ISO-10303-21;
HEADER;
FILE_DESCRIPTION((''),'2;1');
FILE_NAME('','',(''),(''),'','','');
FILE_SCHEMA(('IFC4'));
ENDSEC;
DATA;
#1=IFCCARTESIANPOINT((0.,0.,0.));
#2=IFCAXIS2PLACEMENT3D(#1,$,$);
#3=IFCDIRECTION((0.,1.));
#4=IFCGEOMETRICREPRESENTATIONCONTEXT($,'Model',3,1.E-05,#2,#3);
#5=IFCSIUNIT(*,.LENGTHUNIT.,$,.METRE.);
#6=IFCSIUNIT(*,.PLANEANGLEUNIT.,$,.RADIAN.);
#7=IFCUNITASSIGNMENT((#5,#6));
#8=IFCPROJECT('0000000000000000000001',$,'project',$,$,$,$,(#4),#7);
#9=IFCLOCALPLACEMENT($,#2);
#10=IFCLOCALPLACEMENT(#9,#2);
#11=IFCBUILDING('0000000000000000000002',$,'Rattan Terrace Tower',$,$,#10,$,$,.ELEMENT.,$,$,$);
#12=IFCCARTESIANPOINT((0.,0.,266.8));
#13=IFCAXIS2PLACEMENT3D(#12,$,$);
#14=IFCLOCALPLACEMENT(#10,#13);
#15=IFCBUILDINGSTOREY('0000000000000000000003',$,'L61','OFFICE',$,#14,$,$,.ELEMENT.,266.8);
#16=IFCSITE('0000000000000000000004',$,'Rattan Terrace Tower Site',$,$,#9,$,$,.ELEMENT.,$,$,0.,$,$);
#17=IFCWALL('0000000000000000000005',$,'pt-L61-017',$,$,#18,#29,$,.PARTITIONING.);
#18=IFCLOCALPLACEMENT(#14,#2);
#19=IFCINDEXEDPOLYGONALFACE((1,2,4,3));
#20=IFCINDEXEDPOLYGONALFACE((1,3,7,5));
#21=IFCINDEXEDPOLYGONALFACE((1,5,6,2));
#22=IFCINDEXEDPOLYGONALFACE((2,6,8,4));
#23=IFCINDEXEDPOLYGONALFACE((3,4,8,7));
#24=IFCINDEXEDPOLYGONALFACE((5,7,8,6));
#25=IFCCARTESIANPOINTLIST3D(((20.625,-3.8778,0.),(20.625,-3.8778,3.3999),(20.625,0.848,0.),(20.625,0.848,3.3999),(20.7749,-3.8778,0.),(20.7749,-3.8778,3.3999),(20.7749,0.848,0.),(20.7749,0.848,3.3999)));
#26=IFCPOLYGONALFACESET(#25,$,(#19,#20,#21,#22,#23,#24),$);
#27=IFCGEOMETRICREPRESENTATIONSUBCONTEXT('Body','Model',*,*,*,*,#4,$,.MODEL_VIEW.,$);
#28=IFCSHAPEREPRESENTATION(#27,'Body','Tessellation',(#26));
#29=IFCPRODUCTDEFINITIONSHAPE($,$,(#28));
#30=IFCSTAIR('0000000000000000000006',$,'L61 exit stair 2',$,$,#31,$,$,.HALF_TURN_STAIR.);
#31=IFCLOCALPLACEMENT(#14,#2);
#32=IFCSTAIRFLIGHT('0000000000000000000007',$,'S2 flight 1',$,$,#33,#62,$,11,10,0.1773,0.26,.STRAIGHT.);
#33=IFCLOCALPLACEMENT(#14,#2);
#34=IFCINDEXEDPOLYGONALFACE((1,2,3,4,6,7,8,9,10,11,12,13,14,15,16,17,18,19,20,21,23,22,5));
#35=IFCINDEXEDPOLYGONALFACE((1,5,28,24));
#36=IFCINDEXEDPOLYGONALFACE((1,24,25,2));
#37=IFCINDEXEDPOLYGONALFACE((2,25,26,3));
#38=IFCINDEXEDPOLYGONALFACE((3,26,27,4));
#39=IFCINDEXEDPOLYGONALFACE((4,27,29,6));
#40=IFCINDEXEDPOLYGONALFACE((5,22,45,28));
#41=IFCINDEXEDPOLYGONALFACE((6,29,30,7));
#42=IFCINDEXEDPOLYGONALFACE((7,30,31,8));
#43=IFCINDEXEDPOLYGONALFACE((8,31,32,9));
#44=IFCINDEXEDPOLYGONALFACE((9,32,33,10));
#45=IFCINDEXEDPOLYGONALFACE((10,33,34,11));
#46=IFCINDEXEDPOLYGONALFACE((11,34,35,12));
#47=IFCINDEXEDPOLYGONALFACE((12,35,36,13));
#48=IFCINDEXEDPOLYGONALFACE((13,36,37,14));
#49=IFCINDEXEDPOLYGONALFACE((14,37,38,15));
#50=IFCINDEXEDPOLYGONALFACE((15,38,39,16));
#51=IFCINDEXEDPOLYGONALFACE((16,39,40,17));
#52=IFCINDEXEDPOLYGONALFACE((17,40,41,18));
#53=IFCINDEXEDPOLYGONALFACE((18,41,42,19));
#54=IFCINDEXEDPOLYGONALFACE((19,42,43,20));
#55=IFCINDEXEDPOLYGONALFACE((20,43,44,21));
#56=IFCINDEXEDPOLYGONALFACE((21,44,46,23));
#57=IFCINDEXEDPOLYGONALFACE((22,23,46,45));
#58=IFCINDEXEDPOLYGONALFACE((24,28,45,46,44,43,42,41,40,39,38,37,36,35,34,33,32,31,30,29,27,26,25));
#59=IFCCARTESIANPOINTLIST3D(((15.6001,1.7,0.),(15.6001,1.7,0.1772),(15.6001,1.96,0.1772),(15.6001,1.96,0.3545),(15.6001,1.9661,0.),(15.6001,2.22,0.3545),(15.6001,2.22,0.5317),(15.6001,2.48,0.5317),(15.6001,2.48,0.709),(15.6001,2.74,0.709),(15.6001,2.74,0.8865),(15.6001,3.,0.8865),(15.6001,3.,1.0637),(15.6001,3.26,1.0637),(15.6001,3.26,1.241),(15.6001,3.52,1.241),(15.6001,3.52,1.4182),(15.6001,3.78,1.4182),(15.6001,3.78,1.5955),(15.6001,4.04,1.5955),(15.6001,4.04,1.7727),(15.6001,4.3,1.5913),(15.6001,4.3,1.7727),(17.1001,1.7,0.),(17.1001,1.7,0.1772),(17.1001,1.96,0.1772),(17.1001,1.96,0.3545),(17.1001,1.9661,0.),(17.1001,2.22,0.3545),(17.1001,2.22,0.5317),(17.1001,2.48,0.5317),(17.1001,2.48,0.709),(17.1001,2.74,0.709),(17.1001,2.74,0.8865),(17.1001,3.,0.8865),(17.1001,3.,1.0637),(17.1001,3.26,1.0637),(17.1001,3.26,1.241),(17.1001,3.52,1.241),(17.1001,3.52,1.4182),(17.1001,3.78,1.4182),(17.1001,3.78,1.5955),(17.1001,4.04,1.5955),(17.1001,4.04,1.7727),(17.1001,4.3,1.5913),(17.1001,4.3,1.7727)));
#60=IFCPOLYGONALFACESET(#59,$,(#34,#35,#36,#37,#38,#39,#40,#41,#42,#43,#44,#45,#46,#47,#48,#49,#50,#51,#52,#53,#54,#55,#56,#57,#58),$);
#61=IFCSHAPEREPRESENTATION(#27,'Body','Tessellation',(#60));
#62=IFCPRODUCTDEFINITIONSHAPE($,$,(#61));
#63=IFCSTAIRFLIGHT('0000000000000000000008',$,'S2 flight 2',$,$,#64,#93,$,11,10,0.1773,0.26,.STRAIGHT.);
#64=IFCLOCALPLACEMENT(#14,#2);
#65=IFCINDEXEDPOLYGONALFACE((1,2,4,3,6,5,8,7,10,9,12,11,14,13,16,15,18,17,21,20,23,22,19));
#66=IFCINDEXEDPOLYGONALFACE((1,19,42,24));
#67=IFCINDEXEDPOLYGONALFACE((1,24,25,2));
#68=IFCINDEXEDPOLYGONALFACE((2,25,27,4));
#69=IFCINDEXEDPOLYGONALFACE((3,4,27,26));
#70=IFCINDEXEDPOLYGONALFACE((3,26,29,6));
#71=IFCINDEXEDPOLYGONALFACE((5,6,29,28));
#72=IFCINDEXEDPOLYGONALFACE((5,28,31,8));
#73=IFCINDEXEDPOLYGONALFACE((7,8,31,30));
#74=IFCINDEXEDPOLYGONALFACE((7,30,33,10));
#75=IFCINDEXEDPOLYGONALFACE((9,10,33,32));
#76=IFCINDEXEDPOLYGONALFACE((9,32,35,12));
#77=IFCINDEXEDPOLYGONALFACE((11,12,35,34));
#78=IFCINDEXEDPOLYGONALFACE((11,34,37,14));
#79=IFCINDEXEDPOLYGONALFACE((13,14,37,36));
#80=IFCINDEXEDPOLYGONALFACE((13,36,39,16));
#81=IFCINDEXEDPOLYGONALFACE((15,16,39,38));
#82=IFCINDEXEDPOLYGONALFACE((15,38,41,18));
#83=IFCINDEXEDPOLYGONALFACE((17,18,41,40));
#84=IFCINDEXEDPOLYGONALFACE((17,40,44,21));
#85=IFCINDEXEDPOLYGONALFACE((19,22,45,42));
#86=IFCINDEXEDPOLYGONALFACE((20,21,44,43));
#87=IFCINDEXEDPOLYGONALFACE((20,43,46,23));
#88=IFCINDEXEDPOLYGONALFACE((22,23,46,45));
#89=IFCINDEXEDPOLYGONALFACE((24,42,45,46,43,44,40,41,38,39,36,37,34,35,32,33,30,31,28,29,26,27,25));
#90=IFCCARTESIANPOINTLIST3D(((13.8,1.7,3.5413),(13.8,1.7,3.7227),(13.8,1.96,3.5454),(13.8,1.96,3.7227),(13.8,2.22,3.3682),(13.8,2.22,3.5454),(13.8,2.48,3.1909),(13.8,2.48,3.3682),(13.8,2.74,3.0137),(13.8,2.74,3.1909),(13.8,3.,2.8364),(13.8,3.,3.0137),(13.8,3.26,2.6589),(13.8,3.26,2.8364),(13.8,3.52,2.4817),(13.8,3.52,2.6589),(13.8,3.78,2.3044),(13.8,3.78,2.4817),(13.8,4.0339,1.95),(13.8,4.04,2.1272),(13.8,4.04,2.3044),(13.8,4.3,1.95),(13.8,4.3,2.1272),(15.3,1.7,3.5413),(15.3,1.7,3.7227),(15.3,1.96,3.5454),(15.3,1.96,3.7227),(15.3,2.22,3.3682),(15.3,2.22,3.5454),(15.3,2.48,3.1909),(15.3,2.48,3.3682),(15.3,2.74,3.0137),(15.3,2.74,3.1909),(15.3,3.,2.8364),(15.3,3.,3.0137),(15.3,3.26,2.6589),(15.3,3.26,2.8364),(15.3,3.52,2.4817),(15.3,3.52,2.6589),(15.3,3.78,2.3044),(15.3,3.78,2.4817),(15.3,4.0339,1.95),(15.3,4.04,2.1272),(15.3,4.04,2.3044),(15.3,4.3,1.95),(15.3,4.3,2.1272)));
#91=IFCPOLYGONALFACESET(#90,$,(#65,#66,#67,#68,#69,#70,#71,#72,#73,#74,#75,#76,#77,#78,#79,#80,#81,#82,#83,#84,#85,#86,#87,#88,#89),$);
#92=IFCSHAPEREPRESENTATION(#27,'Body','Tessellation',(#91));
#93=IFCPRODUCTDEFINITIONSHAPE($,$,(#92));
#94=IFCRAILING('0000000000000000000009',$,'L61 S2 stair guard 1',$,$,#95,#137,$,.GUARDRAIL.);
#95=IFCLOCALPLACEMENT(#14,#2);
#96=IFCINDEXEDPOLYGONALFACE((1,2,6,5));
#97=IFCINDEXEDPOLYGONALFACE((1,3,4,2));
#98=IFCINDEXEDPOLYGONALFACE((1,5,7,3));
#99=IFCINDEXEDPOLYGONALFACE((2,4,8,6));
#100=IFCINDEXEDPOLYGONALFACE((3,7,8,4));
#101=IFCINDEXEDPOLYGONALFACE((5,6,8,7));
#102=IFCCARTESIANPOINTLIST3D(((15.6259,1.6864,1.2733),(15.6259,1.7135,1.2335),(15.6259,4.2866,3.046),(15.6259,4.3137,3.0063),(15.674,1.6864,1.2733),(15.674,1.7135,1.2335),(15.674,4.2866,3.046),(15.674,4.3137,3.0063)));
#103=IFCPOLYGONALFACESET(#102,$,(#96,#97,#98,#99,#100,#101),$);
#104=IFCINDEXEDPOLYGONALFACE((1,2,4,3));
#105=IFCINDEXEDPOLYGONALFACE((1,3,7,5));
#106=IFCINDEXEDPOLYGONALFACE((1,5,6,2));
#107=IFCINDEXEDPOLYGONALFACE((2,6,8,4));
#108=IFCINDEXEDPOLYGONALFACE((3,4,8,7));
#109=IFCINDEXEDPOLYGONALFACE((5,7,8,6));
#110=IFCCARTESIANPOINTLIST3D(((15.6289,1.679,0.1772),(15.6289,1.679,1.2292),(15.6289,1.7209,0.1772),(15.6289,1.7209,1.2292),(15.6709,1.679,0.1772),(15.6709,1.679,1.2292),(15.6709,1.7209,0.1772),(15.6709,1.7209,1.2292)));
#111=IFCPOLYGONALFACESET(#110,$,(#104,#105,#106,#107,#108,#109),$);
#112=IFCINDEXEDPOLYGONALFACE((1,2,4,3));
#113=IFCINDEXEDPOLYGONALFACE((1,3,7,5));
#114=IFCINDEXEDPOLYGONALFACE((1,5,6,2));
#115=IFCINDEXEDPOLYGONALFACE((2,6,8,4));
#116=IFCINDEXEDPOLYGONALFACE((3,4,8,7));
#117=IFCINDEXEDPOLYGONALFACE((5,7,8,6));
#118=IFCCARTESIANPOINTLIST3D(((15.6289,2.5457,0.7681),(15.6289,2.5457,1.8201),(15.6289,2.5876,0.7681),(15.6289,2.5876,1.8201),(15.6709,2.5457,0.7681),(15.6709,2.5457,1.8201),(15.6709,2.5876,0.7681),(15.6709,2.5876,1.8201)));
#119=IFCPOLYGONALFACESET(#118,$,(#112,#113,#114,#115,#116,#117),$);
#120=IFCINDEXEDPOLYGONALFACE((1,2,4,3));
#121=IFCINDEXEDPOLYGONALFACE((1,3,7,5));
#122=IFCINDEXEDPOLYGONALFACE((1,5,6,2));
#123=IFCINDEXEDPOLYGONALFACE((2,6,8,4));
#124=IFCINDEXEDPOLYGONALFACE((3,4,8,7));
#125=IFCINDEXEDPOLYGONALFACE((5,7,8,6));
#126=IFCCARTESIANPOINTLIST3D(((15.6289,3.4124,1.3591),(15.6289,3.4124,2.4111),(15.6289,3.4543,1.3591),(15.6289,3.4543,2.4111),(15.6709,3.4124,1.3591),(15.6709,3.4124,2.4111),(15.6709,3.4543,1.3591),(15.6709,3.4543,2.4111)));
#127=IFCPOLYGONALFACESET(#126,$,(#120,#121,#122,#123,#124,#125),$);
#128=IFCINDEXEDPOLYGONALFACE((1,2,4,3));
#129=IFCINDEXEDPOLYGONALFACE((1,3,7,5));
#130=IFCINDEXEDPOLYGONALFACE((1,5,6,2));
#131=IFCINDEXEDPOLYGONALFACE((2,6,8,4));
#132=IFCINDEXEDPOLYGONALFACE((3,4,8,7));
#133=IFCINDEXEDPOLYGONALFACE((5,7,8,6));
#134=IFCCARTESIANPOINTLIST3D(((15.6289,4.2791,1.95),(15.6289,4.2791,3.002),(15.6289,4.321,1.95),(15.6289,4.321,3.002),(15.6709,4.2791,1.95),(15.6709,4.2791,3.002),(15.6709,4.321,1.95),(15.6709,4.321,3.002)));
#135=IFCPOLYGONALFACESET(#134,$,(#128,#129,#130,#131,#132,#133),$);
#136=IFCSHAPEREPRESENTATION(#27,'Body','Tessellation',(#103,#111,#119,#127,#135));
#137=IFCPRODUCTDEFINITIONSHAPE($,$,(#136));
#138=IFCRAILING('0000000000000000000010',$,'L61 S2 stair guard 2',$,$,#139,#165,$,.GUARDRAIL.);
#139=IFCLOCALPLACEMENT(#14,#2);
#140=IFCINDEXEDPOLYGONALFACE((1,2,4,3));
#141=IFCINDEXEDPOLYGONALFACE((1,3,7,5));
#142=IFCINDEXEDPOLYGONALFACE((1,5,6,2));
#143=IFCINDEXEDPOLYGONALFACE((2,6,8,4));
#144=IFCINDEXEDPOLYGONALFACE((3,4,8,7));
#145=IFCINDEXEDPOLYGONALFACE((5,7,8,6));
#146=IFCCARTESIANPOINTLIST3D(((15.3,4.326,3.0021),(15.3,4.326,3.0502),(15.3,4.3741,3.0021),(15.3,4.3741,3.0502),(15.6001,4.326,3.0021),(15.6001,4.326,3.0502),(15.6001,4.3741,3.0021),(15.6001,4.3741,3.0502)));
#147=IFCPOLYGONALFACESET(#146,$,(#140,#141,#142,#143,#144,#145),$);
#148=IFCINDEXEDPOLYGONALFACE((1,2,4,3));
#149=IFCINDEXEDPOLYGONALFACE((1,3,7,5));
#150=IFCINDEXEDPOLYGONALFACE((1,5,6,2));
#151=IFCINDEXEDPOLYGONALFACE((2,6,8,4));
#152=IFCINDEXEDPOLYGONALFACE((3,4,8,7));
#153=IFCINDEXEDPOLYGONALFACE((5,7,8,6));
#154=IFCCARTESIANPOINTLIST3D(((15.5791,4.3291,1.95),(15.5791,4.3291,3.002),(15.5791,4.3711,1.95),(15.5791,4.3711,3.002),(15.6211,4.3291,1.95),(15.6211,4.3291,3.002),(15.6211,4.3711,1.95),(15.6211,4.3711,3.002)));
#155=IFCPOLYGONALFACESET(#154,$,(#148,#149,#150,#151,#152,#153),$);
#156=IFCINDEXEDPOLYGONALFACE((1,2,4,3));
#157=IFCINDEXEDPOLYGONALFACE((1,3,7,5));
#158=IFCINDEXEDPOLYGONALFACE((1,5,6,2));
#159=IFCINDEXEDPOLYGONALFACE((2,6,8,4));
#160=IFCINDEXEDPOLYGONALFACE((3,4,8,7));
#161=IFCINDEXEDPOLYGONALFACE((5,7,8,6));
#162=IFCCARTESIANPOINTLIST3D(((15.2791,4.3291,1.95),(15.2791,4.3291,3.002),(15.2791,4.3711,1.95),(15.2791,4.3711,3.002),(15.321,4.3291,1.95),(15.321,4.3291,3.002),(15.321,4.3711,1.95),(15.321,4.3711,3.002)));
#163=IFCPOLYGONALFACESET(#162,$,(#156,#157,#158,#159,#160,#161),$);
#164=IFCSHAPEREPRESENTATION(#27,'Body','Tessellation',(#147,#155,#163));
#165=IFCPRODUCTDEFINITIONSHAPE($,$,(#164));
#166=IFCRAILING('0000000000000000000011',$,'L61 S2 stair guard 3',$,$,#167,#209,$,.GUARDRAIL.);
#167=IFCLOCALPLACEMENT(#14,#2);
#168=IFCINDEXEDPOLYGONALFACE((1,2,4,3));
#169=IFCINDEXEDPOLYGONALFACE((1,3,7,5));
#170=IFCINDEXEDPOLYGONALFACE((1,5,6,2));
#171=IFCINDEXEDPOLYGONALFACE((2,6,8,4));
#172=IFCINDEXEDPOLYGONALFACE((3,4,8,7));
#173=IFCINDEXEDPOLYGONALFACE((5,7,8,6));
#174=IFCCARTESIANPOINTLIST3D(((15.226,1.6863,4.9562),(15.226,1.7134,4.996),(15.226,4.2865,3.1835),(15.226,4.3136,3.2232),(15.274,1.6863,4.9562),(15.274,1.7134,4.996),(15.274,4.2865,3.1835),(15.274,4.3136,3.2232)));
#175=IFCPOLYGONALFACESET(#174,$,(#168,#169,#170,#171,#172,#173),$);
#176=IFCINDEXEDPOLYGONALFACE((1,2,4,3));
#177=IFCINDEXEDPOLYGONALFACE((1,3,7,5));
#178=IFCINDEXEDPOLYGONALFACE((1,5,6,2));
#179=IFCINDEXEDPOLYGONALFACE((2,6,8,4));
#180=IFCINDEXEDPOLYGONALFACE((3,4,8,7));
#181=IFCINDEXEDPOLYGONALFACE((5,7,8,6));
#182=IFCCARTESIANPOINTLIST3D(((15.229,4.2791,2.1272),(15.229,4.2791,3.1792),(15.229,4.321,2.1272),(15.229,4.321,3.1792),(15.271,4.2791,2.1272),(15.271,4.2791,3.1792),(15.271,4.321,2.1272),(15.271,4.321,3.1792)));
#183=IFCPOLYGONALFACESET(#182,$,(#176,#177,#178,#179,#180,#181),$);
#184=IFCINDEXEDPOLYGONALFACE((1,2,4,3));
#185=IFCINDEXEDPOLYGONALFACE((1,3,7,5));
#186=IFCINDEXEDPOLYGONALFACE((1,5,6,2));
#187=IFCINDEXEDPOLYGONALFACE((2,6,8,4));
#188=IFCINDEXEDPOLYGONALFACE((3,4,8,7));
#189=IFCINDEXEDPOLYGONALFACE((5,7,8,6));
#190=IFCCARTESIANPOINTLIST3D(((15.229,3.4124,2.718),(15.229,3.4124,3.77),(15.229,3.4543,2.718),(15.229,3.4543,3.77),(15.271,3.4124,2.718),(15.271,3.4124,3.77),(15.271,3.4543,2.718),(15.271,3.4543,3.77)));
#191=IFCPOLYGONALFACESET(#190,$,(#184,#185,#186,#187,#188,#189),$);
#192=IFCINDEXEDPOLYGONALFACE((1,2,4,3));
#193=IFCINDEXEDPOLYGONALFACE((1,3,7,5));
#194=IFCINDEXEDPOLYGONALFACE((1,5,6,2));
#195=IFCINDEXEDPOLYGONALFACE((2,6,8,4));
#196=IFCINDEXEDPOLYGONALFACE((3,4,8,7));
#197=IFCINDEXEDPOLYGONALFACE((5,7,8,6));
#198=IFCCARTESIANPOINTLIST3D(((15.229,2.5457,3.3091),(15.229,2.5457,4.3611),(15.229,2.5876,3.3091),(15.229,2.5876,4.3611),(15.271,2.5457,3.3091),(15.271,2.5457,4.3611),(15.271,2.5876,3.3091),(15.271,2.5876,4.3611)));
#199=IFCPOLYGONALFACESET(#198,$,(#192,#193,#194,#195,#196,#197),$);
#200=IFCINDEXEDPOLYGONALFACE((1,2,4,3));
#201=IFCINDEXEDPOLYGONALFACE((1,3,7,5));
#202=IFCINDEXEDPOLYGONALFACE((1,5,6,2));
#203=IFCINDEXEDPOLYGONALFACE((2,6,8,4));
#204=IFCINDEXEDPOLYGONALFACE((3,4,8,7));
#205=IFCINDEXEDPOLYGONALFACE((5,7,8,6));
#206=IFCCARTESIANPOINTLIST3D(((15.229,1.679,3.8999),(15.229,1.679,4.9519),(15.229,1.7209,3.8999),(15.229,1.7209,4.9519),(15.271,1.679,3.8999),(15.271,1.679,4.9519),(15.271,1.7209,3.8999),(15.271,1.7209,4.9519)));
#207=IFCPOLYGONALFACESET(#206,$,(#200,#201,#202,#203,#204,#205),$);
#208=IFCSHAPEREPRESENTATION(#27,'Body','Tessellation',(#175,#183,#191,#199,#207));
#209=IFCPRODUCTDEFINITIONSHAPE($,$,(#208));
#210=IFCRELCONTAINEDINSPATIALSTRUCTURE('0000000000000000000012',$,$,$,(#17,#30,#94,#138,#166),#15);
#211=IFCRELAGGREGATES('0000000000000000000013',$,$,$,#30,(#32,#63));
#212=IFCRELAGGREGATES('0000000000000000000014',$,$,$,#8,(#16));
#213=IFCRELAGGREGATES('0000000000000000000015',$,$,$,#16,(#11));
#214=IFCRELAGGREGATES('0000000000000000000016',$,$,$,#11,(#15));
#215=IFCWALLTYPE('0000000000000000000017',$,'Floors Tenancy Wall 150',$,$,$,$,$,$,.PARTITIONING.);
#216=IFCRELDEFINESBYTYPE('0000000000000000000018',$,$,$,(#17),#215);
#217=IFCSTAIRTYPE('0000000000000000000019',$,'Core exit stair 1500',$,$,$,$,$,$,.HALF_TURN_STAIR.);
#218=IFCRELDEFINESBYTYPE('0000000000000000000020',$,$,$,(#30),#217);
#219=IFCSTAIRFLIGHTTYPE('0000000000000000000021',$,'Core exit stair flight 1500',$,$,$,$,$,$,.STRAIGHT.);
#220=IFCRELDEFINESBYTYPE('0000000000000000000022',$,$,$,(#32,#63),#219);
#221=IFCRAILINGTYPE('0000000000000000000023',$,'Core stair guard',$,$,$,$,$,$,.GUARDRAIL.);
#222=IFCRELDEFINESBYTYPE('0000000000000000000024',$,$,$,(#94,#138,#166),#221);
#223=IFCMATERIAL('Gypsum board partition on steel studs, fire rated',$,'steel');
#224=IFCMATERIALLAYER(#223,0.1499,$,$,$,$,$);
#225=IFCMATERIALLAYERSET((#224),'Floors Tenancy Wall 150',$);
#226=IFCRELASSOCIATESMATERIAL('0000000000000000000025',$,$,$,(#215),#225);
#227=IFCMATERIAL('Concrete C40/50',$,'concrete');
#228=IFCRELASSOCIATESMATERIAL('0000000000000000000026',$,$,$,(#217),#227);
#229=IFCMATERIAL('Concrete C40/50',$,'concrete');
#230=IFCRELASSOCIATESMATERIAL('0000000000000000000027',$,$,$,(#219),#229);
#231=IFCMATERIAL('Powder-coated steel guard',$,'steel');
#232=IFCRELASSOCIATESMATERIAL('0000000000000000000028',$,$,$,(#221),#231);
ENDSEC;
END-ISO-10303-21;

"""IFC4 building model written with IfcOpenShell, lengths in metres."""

from ifc_helpers import new_model, si_unit, direction, frame, frame_2d, origin, origin_2d, place, context, subcontext, project, spatial, polyline, rectangle, outline, extrude, material, layer, layer_set, type_object, element, aggregate, save


model = new_model("IFC4")

# Units and contexts
model_context = context("Model", 3, precision=1e-05, world=origin(), true_north=direction((0.0, 1.0)))
body_context = subcontext(model_context, "Body", "Model", "MODEL_VIEW")
ifc_project = project(units=[si_unit("LENGTHUNIT", "METRE"), si_unit("PLANEANGLEUNIT", "RADIAN")], contexts=[model_context])

# Site, building, storey
site_placement = place(None, origin())
site = spatial("IfcSite", under=ifc_project, at=site_placement, Name="Rattan Terrace Tower Site", CompositionType="ELEMENT", RefElevation=0.0)
building_placement = place(site_placement, origin())
building = spatial("IfcBuilding", under=site, at=building_placement, Name="Rattan Terrace Tower", CompositionType="ELEMENT")
storey_placement = place(building_placement, frame((0.0, 0.0, 266.8)))
storey = spatial("IfcBuildingStorey", under=building, at=storey_placement, Name="L61", Description="OFFICE", CompositionType="ELEMENT", Elevation=266.8)

# Wall
ifc_material_1 = material(Name="Gypsum board partition on steel studs, fire rated", Category="steel")
ifc_layer_1 = layer(ifc_material_1, 0.1499)
ifc_layer_set_1 = layer_set([ifc_layer_1], Name="Floors Tenancy Wall 150")
wall_type_1 = type_object("IfcWallType", Name="Floors Tenancy Wall 150", PredefinedType="PARTITIONING", material=ifc_layer_set_1)
wall_1_placement = place(storey_placement, frame((20.7, 0.8479, 0.0), z_axis=(0.0, 0.0, 1.0), x_axis=(0.0, -1.0, 0.0)))
element("IfcWall", 1, at=wall_1_placement, inside=storey, type_object=wall_type_1, Name="pt-L61-017", PredefinedType="PARTITIONING", context=body_context, shape_type="SweptSolid", body=[
    extrude(rectangle(XDim=4.7258, YDim=0.1499, at=frame_2d((2.3628, 0.0))), origin(), (0.0, 0.0, 1.0), 3.3999),
])

# Stair, stair flights
ifc_material_2 = material(Name="Concrete C40/50", Category="concrete")
stair_type = type_object("IfcStairType", Name="Core exit stair 1500", PredefinedType="HALF_TURN_STAIR", material=ifc_material_2)
stair_placement = place(storey_placement, origin())
stair = element("IfcStair", 2, at=stair_placement, inside=storey, type_object=stair_type, Name="L61 exit stair 2", PredefinedType="HALF_TURN_STAIR")
ifc_material_3 = material(Name="Concrete C40/50", Category="concrete")
stair_flight_type = type_object("IfcStairFlightType", Name="Core exit stair flight 1500", PredefinedType="STRAIGHT", material=ifc_material_3)
stair_flight_1_placement = place(storey_placement, frame((16.3501, 1.7, 0.0), z_axis=(0.0, 0.0, 1.0), x_axis=(0.0, 1.0, 0.0)))
stair_flight_1 = element("IfcStairFlight", 3, at=stair_flight_1_placement, type_object=stair_flight_type, Name="S2 flight 1", NumberOfRisers=11, NumberOfTreads=10, PredefinedType="STRAIGHT", RiserHeight=0.1773, TreadLength=0.26, context=body_context, shape_type="SweptSolid", body=[
    extrude(outline(polyline([(0.0, 0.0), (0.0, 0.1772), (0.26, 0.1772), (0.26, 0.3545), (0.52, 0.3545), (0.52, 0.5317), (0.78, 0.5317), (0.78, 0.709), (1.04, 0.709), (1.04, 0.8865), (1.3, 0.8865), (1.3, 1.0637), (1.5601, 1.0637), (1.5601, 1.241), (1.8201, 1.241), (1.8201, 1.4182), (2.0801, 1.4182), (2.0801, 1.5955), (2.3401, 1.5955), (2.3401, 1.7727), (2.6001, 1.7727), (2.6001, 1.95), (2.6001, 1.5913), (0.2661, 0.0), (0.0, 0.0)])), frame((0.0, 0.75, 0.0), z_axis=(0.0, -1.0, 0.0), x_axis=(1.0, 0.0, 0.0)), (0.0, 0.0, 1.0), 1.5),
])
stair_flight_2_placement = place(storey_placement, frame((14.55, 4.3, 1.95), z_axis=(0.0, 0.0, 1.0), x_axis=(0.0, -1.0, 0.0)))
stair_flight_2 = element("IfcStairFlight", 4, at=stair_flight_2_placement, type_object=stair_flight_type, Name="S2 flight 2", NumberOfRisers=11, NumberOfTreads=10, PredefinedType="STRAIGHT", RiserHeight=0.1773, TreadLength=0.26, context=body_context, shape_type="SweptSolid", body=[
    extrude(outline(polyline([(0.0, 0.0), (0.0, 0.1772), (0.26, 0.1772), (0.26, 0.3545), (0.52, 0.3545), (0.52, 0.5317), (0.78, 0.5317), (0.78, 0.709), (1.04, 0.709), (1.04, 0.8865), (1.3, 0.8865), (1.3, 1.0637), (1.5601, 1.0637), (1.5601, 1.241), (1.8201, 1.241), (1.8201, 1.4182), (2.0801, 1.4182), (2.0801, 1.5955), (2.3401, 1.5955), (2.3401, 1.7727), (2.6001, 1.7727), (2.6001, 1.95), (2.6001, 1.5913), (0.2661, 0.0), (0.0, 0.0)])), frame((0.0, 0.75, 0.0), z_axis=(0.0, -1.0, 0.0), x_axis=(1.0, 0.0, 0.0)), (0.0, 0.0, 1.0), 1.5),
])
aggregate(stair, [stair_flight_1, stair_flight_2])

# Railings
ifc_material_4 = material(Name="Powder-coated steel guard", Category="steel")
railing_type_1 = type_object("IfcRailingType", Name="Core stair guard", PredefinedType="GUARDRAIL", material=ifc_material_4)
railing_1_placement = place(storey_placement, frame((15.6499, 1.7, 0.1772)))
element("IfcRailing", 5, at=railing_1_placement, inside=storey, type_object=railing_type_1, Name="L61 S2 stair guard 1", PredefinedType="GUARDRAIL", context=body_context, shape_type="SweptSolid", body=[
    extrude(rectangle(XDim=0.0481, YDim=0.0481, at=origin_2d()), frame((0.0, 0.0, 1.0762), z_axis=(0.0, 0.82624, 0.563318), x_axis=(-1.0, 0.0, 0.0)), (0.0, 0.0, 1.0), 3.147),
    extrude(rectangle(XDim=0.042, YDim=0.042, at=origin_2d()), origin(), (0.0, 0.0, 1.0), 1.052),
    extrude(rectangle(XDim=0.042, YDim=0.042, at=origin_2d()), frame((0.0, 0.8667, 0.5908)), (0.0, 0.0, 1.0), 1.052),
    extrude(rectangle(XDim=0.042, YDim=0.042, at=origin_2d()), frame((0.0, 1.7334, 1.1819)), (0.0, 0.0, 1.0), 1.052),
    extrude(rectangle(XDim=0.042, YDim=0.042, at=origin_2d()), frame((0.0, 2.6001, 1.7727)), (0.0, 0.0, 1.0), 1.052),
])
railing_2_placement = place(storey_placement, frame((15.6001, 4.3501, 1.95)))
element("IfcRailing", 6, at=railing_2_placement, inside=storey, type_object=railing_type_1, Name="L61 S2 stair guard 2", PredefinedType="GUARDRAIL", context=body_context, shape_type="SweptSolid", body=[
    extrude(rectangle(XDim=0.0481, YDim=0.0481, at=origin_2d()), frame((0.0, 0.0, 1.0762), z_axis=(-1.0, 0.0, 0.0), x_axis=(0.0, -1.0, 0.0)), (0.0, 0.0, 1.0), 0.3),
    extrude(rectangle(XDim=0.042, YDim=0.042, at=origin_2d()), origin(), (0.0, 0.0, 1.0), 1.052),
    extrude(rectangle(XDim=0.042, YDim=0.042, at=origin_2d()), frame((-0.3, 0.0, 0.0)), (0.0, 0.0, 1.0), 1.052),
])
railing_3_placement = place(storey_placement, frame((15.25, 4.3, 2.1272)))
element("IfcRailing", 7, at=railing_3_placement, inside=storey, type_object=railing_type_1, Name="L61 S2 stair guard 3", PredefinedType="GUARDRAIL", context=body_context, shape_type="SweptSolid", body=[
    extrude(rectangle(XDim=0.0481, YDim=0.0481, at=origin_2d()), frame((0.0, 0.0, 1.0762), z_axis=(0.0, -0.82624, 0.563318), x_axis=(1.0, 0.0, 0.0)), (0.0, 0.0, 1.0), 3.147),
    extrude(rectangle(XDim=0.042, YDim=0.042, at=origin_2d()), origin(), (0.0, 0.0, 1.0), 1.052),
    extrude(rectangle(XDim=0.042, YDim=0.042, at=origin_2d()), frame((0.0, -0.8667, 0.5908)), (0.0, 0.0, 1.0), 1.052),
    extrude(rectangle(XDim=0.042, YDim=0.042, at=origin_2d()), frame((0.0, -1.7334, 1.1819)), (0.0, 0.0, 1.0), 1.052),
    extrude(rectangle(XDim=0.042, YDim=0.042, at=origin_2d()), frame((0.0, -2.6001, 1.7727)), (0.0, 0.0, 1.0), 1.052),
])

save(model, "model.ifc")
